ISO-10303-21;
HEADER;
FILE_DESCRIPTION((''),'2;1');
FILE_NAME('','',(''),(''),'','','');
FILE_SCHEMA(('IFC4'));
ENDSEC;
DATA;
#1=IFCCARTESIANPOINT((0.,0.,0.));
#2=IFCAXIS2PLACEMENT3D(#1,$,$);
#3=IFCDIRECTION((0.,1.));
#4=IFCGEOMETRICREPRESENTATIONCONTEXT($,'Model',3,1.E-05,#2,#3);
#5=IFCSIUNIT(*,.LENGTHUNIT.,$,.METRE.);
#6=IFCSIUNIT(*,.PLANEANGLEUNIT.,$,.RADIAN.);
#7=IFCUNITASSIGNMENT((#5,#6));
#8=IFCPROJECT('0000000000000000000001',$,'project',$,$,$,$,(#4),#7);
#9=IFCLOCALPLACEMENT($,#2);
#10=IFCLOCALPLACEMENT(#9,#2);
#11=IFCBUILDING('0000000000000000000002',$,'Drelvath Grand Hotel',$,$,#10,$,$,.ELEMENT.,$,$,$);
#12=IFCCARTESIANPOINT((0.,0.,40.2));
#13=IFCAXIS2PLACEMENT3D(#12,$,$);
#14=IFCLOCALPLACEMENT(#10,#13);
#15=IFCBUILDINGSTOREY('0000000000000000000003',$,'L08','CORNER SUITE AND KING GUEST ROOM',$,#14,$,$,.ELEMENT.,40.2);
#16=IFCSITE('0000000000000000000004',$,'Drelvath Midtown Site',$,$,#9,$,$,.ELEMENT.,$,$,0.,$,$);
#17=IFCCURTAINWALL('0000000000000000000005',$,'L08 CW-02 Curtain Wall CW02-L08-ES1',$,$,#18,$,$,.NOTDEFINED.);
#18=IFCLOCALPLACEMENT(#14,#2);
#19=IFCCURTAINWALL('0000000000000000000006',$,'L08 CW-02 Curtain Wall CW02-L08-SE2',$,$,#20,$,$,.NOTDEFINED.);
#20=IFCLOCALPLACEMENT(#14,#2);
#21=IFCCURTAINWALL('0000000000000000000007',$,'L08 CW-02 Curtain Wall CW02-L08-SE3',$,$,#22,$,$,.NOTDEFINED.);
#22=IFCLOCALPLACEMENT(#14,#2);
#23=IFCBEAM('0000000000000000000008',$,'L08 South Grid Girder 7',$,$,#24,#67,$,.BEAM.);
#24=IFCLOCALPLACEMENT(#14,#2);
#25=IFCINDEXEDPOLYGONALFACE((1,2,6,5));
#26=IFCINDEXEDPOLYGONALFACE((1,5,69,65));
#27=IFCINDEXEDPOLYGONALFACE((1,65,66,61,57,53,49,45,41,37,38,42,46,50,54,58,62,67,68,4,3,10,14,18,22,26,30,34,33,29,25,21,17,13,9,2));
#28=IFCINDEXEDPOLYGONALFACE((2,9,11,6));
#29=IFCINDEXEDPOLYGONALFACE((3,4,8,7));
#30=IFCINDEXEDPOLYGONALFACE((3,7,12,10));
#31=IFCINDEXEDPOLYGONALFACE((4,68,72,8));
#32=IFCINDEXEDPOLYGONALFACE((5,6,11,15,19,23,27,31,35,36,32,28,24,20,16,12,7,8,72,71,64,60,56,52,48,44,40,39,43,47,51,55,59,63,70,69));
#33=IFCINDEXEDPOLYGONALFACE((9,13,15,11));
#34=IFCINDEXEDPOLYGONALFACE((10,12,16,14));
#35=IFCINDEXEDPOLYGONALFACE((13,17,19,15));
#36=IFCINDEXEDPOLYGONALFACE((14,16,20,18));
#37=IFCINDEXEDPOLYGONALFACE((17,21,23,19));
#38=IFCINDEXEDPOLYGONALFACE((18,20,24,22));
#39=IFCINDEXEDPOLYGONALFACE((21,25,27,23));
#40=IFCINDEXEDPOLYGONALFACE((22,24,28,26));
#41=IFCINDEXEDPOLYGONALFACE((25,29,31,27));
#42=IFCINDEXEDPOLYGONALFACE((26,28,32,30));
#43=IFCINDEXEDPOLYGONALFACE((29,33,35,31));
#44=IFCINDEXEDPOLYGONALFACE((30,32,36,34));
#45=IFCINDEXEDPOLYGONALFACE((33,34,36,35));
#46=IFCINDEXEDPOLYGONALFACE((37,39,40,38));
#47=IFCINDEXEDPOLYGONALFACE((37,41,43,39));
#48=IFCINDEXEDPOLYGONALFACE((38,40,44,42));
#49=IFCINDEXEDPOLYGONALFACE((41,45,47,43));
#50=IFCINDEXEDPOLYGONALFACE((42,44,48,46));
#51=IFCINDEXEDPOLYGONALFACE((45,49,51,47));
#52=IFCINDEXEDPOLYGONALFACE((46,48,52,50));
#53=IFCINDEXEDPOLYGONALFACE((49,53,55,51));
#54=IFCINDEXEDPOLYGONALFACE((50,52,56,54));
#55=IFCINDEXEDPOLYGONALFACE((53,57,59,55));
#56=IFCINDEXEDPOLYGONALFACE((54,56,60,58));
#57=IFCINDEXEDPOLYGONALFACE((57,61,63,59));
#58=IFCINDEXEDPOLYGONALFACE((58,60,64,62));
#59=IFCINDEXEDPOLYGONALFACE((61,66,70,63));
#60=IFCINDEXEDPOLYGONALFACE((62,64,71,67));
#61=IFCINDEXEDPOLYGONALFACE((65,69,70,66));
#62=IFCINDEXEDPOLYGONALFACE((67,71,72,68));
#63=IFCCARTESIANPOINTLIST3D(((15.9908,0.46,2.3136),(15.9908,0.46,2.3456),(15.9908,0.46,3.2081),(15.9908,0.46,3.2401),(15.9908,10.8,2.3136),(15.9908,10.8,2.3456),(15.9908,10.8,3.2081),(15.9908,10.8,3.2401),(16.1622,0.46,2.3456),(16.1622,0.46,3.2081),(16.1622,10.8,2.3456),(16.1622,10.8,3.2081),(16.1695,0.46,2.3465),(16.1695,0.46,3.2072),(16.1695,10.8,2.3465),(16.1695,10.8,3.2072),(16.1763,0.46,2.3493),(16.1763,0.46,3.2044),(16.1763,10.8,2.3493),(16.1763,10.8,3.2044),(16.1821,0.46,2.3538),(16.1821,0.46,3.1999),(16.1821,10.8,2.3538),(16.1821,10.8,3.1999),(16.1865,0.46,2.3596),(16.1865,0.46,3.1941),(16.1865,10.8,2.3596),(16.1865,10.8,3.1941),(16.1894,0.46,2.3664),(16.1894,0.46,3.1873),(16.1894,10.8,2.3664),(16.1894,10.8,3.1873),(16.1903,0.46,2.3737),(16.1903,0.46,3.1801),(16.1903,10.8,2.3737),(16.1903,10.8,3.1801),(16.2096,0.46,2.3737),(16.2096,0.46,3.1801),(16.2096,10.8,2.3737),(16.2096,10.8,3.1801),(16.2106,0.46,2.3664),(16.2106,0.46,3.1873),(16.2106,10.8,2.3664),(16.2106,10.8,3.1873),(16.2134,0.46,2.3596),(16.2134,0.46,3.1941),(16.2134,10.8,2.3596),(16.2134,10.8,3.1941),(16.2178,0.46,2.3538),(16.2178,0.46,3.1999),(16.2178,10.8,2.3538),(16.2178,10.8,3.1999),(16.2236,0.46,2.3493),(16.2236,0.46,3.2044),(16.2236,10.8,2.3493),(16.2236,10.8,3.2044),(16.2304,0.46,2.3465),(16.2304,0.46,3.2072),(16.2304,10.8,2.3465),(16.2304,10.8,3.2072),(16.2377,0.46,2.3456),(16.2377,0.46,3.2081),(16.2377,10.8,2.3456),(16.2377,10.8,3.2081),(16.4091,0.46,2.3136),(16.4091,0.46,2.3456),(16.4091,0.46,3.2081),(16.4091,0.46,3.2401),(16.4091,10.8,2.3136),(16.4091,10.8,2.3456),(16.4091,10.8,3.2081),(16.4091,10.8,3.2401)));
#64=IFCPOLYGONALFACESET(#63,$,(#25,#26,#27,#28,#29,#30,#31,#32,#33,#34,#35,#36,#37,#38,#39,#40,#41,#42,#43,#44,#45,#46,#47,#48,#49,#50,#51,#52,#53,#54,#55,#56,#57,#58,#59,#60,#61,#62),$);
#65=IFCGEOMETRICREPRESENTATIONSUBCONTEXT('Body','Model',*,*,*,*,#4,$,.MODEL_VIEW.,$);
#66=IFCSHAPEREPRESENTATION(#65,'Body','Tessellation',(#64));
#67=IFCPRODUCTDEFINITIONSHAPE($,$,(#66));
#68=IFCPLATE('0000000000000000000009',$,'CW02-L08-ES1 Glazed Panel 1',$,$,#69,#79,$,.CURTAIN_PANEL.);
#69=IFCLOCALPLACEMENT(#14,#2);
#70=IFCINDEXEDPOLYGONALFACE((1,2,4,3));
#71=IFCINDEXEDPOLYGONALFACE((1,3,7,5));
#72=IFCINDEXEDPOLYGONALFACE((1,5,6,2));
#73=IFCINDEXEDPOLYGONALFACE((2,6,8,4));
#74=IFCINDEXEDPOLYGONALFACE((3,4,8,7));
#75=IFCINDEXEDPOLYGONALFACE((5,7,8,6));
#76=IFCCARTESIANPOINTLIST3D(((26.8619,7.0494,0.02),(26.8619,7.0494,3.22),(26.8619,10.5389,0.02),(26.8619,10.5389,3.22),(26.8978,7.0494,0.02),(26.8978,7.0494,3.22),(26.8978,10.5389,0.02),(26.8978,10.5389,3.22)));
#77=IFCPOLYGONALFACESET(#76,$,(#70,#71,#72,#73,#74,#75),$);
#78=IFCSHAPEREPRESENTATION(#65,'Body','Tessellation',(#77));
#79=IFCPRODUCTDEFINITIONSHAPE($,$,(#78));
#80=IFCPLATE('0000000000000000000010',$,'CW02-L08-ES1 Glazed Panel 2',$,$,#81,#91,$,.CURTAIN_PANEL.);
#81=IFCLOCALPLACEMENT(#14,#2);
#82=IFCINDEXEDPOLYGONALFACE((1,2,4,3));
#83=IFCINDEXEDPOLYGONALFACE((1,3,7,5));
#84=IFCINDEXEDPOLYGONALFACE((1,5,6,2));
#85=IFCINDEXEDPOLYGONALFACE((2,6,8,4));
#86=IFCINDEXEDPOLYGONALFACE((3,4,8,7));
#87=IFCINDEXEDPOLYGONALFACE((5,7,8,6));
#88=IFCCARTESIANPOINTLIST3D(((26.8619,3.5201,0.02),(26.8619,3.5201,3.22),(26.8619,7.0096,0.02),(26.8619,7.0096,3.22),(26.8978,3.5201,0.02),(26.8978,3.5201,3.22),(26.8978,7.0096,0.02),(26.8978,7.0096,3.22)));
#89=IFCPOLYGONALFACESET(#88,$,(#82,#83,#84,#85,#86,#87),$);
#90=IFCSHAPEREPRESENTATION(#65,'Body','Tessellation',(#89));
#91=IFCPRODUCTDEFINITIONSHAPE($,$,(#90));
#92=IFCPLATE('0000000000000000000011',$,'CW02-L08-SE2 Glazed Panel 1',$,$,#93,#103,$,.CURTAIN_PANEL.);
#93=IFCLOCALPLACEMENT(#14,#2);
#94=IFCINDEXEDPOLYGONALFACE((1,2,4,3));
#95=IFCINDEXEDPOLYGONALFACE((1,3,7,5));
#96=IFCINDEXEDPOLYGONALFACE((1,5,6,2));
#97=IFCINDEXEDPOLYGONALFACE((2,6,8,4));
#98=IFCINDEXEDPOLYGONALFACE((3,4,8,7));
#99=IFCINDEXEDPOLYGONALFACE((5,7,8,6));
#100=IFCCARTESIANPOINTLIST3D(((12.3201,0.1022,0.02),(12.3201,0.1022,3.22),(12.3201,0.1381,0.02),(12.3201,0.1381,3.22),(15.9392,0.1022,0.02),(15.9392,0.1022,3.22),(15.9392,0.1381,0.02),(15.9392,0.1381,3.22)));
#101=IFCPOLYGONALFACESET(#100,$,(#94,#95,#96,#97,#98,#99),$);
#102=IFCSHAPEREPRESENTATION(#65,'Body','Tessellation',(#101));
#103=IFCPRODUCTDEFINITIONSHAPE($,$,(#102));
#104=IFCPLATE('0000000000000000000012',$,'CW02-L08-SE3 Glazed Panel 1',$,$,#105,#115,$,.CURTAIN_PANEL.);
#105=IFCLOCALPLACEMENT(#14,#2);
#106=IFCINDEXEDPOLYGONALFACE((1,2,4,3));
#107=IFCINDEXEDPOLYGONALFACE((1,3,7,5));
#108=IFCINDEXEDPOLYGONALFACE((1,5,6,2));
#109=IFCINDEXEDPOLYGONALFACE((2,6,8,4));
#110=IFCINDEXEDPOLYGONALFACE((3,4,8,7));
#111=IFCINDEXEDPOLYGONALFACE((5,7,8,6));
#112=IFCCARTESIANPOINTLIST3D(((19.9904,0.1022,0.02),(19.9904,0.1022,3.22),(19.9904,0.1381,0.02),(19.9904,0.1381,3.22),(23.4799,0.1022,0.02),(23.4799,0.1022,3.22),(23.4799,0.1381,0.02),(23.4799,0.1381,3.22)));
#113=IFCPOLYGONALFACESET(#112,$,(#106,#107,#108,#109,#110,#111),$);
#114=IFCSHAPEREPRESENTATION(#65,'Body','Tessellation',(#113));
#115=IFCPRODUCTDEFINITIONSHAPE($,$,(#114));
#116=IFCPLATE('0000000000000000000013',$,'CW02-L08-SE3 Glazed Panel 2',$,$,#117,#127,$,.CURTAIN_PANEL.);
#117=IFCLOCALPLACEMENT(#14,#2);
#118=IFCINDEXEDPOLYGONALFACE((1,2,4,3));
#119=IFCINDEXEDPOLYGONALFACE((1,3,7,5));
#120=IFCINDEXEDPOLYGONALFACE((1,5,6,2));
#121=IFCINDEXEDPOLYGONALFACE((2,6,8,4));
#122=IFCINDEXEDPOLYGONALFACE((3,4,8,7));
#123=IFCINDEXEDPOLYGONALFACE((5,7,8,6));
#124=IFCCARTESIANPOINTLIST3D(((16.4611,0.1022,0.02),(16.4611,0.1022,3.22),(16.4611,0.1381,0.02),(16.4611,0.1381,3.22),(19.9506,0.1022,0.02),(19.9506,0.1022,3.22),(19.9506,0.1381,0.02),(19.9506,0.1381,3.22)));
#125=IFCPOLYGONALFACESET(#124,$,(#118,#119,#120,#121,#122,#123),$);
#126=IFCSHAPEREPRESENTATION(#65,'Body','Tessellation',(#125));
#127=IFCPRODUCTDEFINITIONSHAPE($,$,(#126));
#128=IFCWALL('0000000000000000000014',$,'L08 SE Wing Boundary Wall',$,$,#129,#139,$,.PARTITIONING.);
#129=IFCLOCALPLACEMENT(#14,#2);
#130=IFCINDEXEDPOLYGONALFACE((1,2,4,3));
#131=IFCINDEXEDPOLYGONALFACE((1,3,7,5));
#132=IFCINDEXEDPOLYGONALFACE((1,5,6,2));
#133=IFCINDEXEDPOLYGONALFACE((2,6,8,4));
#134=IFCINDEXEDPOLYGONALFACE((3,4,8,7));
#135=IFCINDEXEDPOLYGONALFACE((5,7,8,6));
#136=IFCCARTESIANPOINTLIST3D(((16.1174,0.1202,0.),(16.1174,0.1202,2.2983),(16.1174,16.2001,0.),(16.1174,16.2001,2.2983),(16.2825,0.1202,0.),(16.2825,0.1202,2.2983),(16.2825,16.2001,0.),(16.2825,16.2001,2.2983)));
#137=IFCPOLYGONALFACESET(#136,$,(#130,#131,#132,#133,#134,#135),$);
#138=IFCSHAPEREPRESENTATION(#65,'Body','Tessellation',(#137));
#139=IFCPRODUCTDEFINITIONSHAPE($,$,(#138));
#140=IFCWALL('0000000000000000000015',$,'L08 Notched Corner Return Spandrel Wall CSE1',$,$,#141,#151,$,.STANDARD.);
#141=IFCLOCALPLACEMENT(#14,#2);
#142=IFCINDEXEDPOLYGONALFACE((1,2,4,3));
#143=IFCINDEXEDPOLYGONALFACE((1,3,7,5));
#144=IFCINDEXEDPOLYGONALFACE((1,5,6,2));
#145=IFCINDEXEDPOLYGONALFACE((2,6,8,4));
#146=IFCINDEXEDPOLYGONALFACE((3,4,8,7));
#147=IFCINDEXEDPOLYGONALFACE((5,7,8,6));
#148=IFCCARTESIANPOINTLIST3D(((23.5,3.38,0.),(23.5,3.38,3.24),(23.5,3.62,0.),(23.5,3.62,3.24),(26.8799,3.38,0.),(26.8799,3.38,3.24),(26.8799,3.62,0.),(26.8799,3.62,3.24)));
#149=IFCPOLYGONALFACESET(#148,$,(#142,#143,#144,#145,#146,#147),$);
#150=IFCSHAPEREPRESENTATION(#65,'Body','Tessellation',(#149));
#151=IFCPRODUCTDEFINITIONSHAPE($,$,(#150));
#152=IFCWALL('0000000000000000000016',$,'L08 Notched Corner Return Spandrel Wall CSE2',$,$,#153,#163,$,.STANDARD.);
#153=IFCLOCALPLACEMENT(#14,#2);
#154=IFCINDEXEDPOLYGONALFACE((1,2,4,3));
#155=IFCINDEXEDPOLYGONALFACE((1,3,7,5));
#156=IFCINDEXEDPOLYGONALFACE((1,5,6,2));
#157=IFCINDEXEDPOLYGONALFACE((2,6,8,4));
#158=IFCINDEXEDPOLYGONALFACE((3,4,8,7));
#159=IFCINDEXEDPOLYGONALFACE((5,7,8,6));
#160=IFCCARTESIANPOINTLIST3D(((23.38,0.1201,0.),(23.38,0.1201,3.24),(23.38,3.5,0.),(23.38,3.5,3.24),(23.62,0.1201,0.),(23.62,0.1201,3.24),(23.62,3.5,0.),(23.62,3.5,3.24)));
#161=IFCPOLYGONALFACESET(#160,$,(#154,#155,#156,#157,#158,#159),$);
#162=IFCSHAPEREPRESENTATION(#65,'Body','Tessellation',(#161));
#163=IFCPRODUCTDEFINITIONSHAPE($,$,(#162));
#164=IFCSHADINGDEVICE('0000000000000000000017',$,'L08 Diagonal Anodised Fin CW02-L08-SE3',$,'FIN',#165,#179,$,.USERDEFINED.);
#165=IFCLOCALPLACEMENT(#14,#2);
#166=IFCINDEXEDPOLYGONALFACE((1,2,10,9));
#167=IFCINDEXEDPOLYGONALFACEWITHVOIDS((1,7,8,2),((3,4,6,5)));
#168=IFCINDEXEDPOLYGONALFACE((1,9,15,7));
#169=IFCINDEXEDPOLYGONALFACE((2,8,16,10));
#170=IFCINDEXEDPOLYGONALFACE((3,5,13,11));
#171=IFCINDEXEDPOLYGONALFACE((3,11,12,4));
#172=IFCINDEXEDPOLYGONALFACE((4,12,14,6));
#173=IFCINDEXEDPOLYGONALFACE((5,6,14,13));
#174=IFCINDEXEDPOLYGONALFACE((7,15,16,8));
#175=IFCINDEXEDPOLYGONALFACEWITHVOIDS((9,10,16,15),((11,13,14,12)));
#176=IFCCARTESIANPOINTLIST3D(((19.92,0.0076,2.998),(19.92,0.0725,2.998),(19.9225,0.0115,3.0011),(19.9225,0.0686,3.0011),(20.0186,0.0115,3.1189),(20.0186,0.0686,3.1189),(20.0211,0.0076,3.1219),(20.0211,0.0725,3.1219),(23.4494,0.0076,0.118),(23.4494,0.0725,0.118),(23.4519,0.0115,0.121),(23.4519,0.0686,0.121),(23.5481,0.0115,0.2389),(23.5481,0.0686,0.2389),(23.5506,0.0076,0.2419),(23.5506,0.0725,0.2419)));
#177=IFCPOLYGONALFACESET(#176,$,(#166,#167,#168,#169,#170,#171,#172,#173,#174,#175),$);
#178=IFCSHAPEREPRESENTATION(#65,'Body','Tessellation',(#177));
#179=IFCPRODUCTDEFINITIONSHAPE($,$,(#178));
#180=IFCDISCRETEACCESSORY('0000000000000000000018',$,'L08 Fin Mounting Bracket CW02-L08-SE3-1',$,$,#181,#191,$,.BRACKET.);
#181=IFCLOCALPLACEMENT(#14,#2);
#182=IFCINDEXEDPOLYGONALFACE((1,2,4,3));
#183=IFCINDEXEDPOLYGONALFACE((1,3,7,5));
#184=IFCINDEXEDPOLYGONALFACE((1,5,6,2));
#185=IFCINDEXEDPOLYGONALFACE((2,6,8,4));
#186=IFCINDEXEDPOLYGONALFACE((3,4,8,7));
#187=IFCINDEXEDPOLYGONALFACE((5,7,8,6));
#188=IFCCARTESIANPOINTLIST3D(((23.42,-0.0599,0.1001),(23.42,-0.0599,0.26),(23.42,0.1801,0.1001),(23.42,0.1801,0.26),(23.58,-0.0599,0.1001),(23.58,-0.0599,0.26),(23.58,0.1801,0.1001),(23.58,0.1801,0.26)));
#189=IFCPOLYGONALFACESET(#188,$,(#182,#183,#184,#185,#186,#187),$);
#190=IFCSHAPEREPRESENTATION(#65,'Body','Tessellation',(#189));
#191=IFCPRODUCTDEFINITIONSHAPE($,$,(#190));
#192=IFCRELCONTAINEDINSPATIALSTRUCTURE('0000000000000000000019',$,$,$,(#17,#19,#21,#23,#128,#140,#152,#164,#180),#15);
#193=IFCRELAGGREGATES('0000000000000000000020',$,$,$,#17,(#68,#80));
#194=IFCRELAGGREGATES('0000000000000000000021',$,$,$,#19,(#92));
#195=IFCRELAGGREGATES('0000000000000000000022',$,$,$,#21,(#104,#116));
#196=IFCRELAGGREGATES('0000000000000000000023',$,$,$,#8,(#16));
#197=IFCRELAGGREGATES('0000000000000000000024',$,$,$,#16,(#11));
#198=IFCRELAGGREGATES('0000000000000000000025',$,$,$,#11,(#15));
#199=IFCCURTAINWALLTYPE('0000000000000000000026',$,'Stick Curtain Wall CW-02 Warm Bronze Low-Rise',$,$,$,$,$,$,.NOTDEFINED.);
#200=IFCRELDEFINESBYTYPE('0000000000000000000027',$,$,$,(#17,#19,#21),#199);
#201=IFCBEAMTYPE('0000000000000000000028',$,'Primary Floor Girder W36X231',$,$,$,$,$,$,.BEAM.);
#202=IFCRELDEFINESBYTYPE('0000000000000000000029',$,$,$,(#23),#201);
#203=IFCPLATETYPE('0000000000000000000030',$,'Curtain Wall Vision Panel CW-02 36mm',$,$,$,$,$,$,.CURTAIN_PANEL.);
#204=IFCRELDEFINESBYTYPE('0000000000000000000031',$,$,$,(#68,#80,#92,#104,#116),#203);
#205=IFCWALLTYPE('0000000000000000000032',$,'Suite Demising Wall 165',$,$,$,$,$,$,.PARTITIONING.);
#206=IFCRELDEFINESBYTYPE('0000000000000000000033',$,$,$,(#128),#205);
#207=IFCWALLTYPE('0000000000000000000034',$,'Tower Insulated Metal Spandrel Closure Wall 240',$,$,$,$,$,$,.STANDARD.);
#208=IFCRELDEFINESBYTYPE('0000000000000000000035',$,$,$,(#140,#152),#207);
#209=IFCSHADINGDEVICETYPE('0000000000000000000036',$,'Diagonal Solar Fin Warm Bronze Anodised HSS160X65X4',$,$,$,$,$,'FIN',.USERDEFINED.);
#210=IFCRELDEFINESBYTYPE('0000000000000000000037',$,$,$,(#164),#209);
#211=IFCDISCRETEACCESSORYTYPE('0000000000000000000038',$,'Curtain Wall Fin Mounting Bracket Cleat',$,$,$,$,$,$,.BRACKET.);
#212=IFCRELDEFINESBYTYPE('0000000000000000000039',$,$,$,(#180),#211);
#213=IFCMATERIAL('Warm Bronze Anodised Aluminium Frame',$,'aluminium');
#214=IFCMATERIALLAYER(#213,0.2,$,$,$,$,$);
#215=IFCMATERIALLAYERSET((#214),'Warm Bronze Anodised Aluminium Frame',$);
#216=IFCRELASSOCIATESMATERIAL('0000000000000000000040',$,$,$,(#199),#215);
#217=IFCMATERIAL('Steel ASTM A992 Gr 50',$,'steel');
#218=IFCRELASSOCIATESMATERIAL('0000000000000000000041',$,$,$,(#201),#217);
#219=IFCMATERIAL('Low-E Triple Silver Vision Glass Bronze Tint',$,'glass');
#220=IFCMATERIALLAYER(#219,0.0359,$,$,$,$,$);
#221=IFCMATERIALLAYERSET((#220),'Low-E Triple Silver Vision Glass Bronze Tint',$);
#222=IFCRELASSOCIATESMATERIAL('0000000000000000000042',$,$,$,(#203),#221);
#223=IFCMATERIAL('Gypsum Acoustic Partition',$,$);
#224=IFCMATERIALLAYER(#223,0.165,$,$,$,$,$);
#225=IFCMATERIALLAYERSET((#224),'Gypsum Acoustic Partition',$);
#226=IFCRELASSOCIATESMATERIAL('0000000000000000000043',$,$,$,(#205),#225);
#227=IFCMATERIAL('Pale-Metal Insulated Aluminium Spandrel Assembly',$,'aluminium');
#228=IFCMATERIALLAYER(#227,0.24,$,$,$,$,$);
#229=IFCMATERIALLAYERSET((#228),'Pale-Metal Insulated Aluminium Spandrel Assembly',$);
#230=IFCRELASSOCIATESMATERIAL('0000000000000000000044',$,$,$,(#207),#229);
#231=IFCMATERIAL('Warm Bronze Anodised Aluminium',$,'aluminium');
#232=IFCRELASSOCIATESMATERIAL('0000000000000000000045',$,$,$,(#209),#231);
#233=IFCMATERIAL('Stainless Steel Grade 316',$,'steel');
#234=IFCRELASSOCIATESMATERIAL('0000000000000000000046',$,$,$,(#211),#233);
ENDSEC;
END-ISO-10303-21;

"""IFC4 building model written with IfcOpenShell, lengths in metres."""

from ifc_helpers import new_model, si_unit, direction, frame, frame_2d, origin, origin_2d, place, context, subcontext, project, spatial, rectangle, hollow_rectangle, i_section, extrude, material, layer, layer_set, material_profile, profile_set, type_object, element, aggregate, save


model = new_model("IFC4")

# Units and contexts
model_context = context("Model", 3, precision=1e-05, world=origin(), true_north=direction((0.0, 1.0)))
body_context = subcontext(model_context, "Body", "Model", "MODEL_VIEW")
ifc_project = project(units=[si_unit("LENGTHUNIT", "METRE"), si_unit("PLANEANGLEUNIT", "RADIAN")], contexts=[model_context])

# Site, building, storey
site_placement = place(None, origin())
site = spatial("IfcSite", under=ifc_project, at=site_placement, Name="Drelvath Midtown Site", CompositionType="ELEMENT", RefElevation=0.0)
building_placement = place(site_placement, origin())
building = spatial("IfcBuilding", under=site, at=building_placement, Name="Drelvath Grand Hotel", CompositionType="ELEMENT")
storey_placement = place(building_placement, frame((0.0, 0.0, 40.2)))
storey = spatial("IfcBuildingStorey", under=building, at=storey_placement, Name="L08", Description="CORNER SUITE AND KING GUEST ROOM", CompositionType="ELEMENT", Elevation=40.2)

# Shared definitions
ifc_material_1 = material(Name="Steel ASTM A992 Gr 50", Category="steel")

# Curtain walls
ifc_material_2 = material(Name="Warm Bronze Anodised Aluminium Frame", Category="aluminium")
ifc_layer_1 = layer(ifc_material_2, 0.2)
ifc_layer_set_1 = layer_set([ifc_layer_1], Name="Warm Bronze Anodised Aluminium Frame")
curtain_wall_type = type_object("IfcCurtainWallType", Name="Stick Curtain Wall CW-02 Warm Bronze Low-Rise", PredefinedType="NOTDEFINED", material=ifc_layer_set_1)
curtain_wall_1_placement = place(storey_placement, origin())
curtain_wall_1 = element("IfcCurtainWall", 1, at=curtain_wall_1_placement, inside=storey, type_object=curtain_wall_type, Name="L08 CW-02 Curtain Wall CW02-L08-ES1", PredefinedType="NOTDEFINED")
curtain_wall_2_placement = place(storey_placement, origin())
curtain_wall_2 = element("IfcCurtainWall", 2, at=curtain_wall_2_placement, inside=storey, type_object=curtain_wall_type, Name="L08 CW-02 Curtain Wall CW02-L08-SE2", PredefinedType="NOTDEFINED")
curtain_wall_3_placement = place(storey_placement, origin())
curtain_wall_3 = element("IfcCurtainWall", 3, at=curtain_wall_3_placement, inside=storey, type_object=curtain_wall_type, Name="L08 CW-02 Curtain Wall CW02-L08-SE3", PredefinedType="NOTDEFINED")

# Beam
ifc_material_profile_1 = material_profile(ifc_material_1, i_section(OverallWidth=0.4182, OverallDepth=0.9265, WebThickness=0.0193, FlangeThickness=0.032, FilletRadius=0.0281, at=origin_2d()), Name="W36X231")
ifc_profile_set_1 = profile_set([ifc_material_profile_1], Name="Steel ASTM A992 Gr 50")
beam_type_1 = type_object("IfcBeamType", Name="Primary Floor Girder W36X231", PredefinedType="BEAM", material=ifc_profile_set_1)
beam_1_placement = place(storey_placement, frame((16.2, 0.46, 2.7769), z_axis=(0.0, 1.0, 0.0), x_axis=(-1.0, 0.0, 0.0)))
element("IfcBeam", 4, at=beam_1_placement, inside=storey, type_object=beam_type_1, Name="L08 South Grid Girder 7", PredefinedType="BEAM", context=body_context, shape_type="SweptSolid", body=[
    extrude(i_section(OverallWidth=0.4182, OverallDepth=0.9265, WebThickness=0.0193, FlangeThickness=0.032, FilletRadius=0.0281, at=origin_2d()), origin(), (0.0, 0.0, 1.0), 10.3401),
])

# Plates
ifc_material_3 = material(Name="Low-E Triple Silver Vision Glass Bronze Tint", Category="glass")
ifc_layer_2 = layer(ifc_material_3, 0.0359)
ifc_layer_set_2 = layer_set([ifc_layer_2], Name="Low-E Triple Silver Vision Glass Bronze Tint")
plate_type = type_object("IfcPlateType", Name="Curtain Wall Vision Panel CW-02 36mm", PredefinedType="CURTAIN_PANEL", material=ifc_layer_set_2)
plate_1_placement = place(storey_placement, frame((26.8799, 8.7942, 0.02), z_axis=(0.0, 0.0, 1.0), x_axis=(0.0, -1.0, 0.0)))
plate_1 = element("IfcPlate", 5, at=plate_1_placement, type_object=plate_type, Name="CW02-L08-ES1 Glazed Panel 1", PredefinedType="CURTAIN_PANEL", context=body_context, shape_type="SweptSolid", body=[
    extrude(rectangle(XDim=3.4895, YDim=0.0359, at=origin_2d()), origin(), (0.0, 0.0, 1.0), 3.2),
])
plate_2_placement = place(storey_placement, frame((26.8799, 5.2649, 0.02), z_axis=(0.0, 0.0, 1.0), x_axis=(0.0, -1.0, 0.0)))
plate_2 = element("IfcPlate", 6, at=plate_2_placement, type_object=plate_type, Name="CW02-L08-ES1 Glazed Panel 2", PredefinedType="CURTAIN_PANEL", context=body_context, shape_type="SweptSolid", body=[
    extrude(rectangle(XDim=3.4895, YDim=0.0359, at=origin_2d()), origin(), (0.0, 0.0, 1.0), 3.2),
])
aggregate(curtain_wall_1, [plate_1, plate_2])
plate_3_placement = place(storey_placement, frame((14.1296, 0.1201, 0.02), z_axis=(0.0, 0.0, 1.0), x_axis=(-1.0, 0.0, 0.0)))
plate_3 = element("IfcPlate", 7, at=plate_3_placement, type_object=plate_type, Name="CW02-L08-SE2 Glazed Panel 1", PredefinedType="CURTAIN_PANEL", context=body_context, shape_type="SweptSolid", body=[
    extrude(rectangle(XDim=3.6191, YDim=0.0359, at=origin_2d()), origin(), (0.0, 0.0, 1.0), 3.2),
])
aggregate(curtain_wall_2, [plate_3])
plate_4_placement = place(storey_placement, frame((21.7351, 0.1201, 0.02), z_axis=(0.0, 0.0, 1.0), x_axis=(-1.0, 0.0, 0.0)))
plate_4 = element("IfcPlate", 8, at=plate_4_placement, type_object=plate_type, Name="CW02-L08-SE3 Glazed Panel 1", PredefinedType="CURTAIN_PANEL", context=body_context, shape_type="SweptSolid", body=[
    extrude(rectangle(XDim=3.4895, YDim=0.0359, at=origin_2d()), origin(), (0.0, 0.0, 1.0), 3.2),
])
plate_5_placement = place(storey_placement, frame((18.2058, 0.1201, 0.02), z_axis=(0.0, 0.0, 1.0), x_axis=(-1.0, 0.0, 0.0)))
plate_5 = element("IfcPlate", 9, at=plate_5_placement, type_object=plate_type, Name="CW02-L08-SE3 Glazed Panel 2", PredefinedType="CURTAIN_PANEL", context=body_context, shape_type="SweptSolid", body=[
    extrude(rectangle(XDim=3.4895, YDim=0.0359, at=origin_2d()), origin(), (0.0, 0.0, 1.0), 3.2),
])
aggregate(curtain_wall_3, [plate_4, plate_5])

# Walls
ifc_material_4 = material(Name="Gypsum Acoustic Partition")
ifc_layer_3 = layer(ifc_material_4, 0.165)
ifc_layer_set_3 = layer_set([ifc_layer_3], Name="Gypsum Acoustic Partition")
wall_type_1 = type_object("IfcWallType", Name="Suite Demising Wall 165", PredefinedType="PARTITIONING", material=ifc_layer_set_3)
wall_placement = place(storey_placement, frame((16.2, 0.1201, 0.0), z_axis=(0.0, 0.0, 1.0), x_axis=(0.0, 1.0, 0.0)))
element("IfcWall", 10, at=wall_placement, inside=storey, type_object=wall_type_1, Name="L08 SE Wing Boundary Wall", PredefinedType="PARTITIONING", context=body_context, shape_type="SweptSolid", body=[
    extrude(rectangle(XDim=16.0798, YDim=0.165, at=frame_2d((8.04, 0.0))), origin(), (0.0, 0.0, 1.0), 2.2983),
])
ifc_material_5 = material(Name="Pale-Metal Insulated Aluminium Spandrel Assembly", Category="aluminium")
ifc_layer_4 = layer(ifc_material_5, 0.24)
ifc_layer_set_4 = layer_set([ifc_layer_4], Name="Pale-Metal Insulated Aluminium Spandrel Assembly")
wall_type_2 = type_object("IfcWallType", Name="Tower Insulated Metal Spandrel Closure Wall 240", PredefinedType="STANDARD", material=ifc_layer_set_4)
for number, where, z_axis, x_axis, name in (
    (11, (26.8799, 3.5, 0.0), (0.0, 0.0, 1.0), (-1.0, 0.0, 0.0), "L08 Notched Corner Return Spandrel Wall CSE1"),
    (12, (23.5, 3.5, 0.0), (0.0, 0.0, 1.0), (0.0, -1.0, 0.0), "L08 Notched Corner Return Spandrel Wall CSE2"),
):
    element("IfcWall", number, at=place(storey_placement, frame(where, z_axis=z_axis, x_axis=x_axis)), inside=storey, type_object=wall_type_2, Name=name, PredefinedType="STANDARD", context=body_context, shape_type="SweptSolid", body=[
        extrude(rectangle(XDim=3.3799, YDim=0.24, at=frame_2d((1.6899, 0.0))), origin(), (0.0, 0.0, 1.0), 3.24),
    ])

# Shading device
ifc_material_6 = material(Name="Warm Bronze Anodised Aluminium", Category="aluminium")
ifc_material_profile_2 = material_profile(ifc_material_6, hollow_rectangle(XDim=0.0649, YDim=0.1599, WallThickness=0.0039, at=origin_2d()), Name="HSS160X65X4")
ifc_profile_set_2 = profile_set([ifc_material_profile_2], Name="Warm Bronze Anodised Aluminium")
shading_device_type = type_object("IfcShadingDeviceType", Name="Diagonal Solar Fin Warm Bronze Anodised HSS160X65X4", ElementType="FIN", PredefinedType="USERDEFINED", material=ifc_profile_set_2)
shading_device_placement = place(storey_placement, frame((23.5, 0.04, 0.1799), z_axis=(-0.774783, 0.0, 0.632227), x_axis=(0.0, -1.0, 0.0)))
element("IfcShadingDevice", 13, at=shading_device_placement, inside=storey, type_object=shading_device_type, Name="L08 Diagonal Anodised Fin CW02-L08-SE3", ObjectType="FIN", PredefinedType="USERDEFINED", context=body_context, shape_type="SweptSolid", body=[
    extrude(hollow_rectangle(XDim=0.0649, YDim=0.1599, WallThickness=0.0039, at=origin_2d()), origin(), (0.0, 0.0, 1.0), 4.5554),
])

# Discrete accessory
ifc_material_7 = material(Name="Stainless Steel Grade 316", Category="steel")
discrete_accessory_type = type_object("IfcDiscreteAccessoryType", Name="Curtain Wall Fin Mounting Bracket Cleat", PredefinedType="BRACKET", material=ifc_material_7)
discrete_accessory_placement = place(storey_placement, frame((23.5, 0.0601, 0.1001), z_axis=(0.0, 0.0, 1.0), x_axis=(-1.0, 0.0, 0.0)))
element("IfcDiscreteAccessory", 14, at=discrete_accessory_placement, inside=storey, type_object=discrete_accessory_type, Name="L08 Fin Mounting Bracket CW02-L08-SE3-1", PredefinedType="BRACKET", context=body_context, shape_type="SweptSolid", body=[
    extrude(rectangle(XDim=0.1599, YDim=0.24, at=origin_2d()), origin(), (0.0, 0.0, 1.0), 0.1599),
])

save(model, "model.ifc")
